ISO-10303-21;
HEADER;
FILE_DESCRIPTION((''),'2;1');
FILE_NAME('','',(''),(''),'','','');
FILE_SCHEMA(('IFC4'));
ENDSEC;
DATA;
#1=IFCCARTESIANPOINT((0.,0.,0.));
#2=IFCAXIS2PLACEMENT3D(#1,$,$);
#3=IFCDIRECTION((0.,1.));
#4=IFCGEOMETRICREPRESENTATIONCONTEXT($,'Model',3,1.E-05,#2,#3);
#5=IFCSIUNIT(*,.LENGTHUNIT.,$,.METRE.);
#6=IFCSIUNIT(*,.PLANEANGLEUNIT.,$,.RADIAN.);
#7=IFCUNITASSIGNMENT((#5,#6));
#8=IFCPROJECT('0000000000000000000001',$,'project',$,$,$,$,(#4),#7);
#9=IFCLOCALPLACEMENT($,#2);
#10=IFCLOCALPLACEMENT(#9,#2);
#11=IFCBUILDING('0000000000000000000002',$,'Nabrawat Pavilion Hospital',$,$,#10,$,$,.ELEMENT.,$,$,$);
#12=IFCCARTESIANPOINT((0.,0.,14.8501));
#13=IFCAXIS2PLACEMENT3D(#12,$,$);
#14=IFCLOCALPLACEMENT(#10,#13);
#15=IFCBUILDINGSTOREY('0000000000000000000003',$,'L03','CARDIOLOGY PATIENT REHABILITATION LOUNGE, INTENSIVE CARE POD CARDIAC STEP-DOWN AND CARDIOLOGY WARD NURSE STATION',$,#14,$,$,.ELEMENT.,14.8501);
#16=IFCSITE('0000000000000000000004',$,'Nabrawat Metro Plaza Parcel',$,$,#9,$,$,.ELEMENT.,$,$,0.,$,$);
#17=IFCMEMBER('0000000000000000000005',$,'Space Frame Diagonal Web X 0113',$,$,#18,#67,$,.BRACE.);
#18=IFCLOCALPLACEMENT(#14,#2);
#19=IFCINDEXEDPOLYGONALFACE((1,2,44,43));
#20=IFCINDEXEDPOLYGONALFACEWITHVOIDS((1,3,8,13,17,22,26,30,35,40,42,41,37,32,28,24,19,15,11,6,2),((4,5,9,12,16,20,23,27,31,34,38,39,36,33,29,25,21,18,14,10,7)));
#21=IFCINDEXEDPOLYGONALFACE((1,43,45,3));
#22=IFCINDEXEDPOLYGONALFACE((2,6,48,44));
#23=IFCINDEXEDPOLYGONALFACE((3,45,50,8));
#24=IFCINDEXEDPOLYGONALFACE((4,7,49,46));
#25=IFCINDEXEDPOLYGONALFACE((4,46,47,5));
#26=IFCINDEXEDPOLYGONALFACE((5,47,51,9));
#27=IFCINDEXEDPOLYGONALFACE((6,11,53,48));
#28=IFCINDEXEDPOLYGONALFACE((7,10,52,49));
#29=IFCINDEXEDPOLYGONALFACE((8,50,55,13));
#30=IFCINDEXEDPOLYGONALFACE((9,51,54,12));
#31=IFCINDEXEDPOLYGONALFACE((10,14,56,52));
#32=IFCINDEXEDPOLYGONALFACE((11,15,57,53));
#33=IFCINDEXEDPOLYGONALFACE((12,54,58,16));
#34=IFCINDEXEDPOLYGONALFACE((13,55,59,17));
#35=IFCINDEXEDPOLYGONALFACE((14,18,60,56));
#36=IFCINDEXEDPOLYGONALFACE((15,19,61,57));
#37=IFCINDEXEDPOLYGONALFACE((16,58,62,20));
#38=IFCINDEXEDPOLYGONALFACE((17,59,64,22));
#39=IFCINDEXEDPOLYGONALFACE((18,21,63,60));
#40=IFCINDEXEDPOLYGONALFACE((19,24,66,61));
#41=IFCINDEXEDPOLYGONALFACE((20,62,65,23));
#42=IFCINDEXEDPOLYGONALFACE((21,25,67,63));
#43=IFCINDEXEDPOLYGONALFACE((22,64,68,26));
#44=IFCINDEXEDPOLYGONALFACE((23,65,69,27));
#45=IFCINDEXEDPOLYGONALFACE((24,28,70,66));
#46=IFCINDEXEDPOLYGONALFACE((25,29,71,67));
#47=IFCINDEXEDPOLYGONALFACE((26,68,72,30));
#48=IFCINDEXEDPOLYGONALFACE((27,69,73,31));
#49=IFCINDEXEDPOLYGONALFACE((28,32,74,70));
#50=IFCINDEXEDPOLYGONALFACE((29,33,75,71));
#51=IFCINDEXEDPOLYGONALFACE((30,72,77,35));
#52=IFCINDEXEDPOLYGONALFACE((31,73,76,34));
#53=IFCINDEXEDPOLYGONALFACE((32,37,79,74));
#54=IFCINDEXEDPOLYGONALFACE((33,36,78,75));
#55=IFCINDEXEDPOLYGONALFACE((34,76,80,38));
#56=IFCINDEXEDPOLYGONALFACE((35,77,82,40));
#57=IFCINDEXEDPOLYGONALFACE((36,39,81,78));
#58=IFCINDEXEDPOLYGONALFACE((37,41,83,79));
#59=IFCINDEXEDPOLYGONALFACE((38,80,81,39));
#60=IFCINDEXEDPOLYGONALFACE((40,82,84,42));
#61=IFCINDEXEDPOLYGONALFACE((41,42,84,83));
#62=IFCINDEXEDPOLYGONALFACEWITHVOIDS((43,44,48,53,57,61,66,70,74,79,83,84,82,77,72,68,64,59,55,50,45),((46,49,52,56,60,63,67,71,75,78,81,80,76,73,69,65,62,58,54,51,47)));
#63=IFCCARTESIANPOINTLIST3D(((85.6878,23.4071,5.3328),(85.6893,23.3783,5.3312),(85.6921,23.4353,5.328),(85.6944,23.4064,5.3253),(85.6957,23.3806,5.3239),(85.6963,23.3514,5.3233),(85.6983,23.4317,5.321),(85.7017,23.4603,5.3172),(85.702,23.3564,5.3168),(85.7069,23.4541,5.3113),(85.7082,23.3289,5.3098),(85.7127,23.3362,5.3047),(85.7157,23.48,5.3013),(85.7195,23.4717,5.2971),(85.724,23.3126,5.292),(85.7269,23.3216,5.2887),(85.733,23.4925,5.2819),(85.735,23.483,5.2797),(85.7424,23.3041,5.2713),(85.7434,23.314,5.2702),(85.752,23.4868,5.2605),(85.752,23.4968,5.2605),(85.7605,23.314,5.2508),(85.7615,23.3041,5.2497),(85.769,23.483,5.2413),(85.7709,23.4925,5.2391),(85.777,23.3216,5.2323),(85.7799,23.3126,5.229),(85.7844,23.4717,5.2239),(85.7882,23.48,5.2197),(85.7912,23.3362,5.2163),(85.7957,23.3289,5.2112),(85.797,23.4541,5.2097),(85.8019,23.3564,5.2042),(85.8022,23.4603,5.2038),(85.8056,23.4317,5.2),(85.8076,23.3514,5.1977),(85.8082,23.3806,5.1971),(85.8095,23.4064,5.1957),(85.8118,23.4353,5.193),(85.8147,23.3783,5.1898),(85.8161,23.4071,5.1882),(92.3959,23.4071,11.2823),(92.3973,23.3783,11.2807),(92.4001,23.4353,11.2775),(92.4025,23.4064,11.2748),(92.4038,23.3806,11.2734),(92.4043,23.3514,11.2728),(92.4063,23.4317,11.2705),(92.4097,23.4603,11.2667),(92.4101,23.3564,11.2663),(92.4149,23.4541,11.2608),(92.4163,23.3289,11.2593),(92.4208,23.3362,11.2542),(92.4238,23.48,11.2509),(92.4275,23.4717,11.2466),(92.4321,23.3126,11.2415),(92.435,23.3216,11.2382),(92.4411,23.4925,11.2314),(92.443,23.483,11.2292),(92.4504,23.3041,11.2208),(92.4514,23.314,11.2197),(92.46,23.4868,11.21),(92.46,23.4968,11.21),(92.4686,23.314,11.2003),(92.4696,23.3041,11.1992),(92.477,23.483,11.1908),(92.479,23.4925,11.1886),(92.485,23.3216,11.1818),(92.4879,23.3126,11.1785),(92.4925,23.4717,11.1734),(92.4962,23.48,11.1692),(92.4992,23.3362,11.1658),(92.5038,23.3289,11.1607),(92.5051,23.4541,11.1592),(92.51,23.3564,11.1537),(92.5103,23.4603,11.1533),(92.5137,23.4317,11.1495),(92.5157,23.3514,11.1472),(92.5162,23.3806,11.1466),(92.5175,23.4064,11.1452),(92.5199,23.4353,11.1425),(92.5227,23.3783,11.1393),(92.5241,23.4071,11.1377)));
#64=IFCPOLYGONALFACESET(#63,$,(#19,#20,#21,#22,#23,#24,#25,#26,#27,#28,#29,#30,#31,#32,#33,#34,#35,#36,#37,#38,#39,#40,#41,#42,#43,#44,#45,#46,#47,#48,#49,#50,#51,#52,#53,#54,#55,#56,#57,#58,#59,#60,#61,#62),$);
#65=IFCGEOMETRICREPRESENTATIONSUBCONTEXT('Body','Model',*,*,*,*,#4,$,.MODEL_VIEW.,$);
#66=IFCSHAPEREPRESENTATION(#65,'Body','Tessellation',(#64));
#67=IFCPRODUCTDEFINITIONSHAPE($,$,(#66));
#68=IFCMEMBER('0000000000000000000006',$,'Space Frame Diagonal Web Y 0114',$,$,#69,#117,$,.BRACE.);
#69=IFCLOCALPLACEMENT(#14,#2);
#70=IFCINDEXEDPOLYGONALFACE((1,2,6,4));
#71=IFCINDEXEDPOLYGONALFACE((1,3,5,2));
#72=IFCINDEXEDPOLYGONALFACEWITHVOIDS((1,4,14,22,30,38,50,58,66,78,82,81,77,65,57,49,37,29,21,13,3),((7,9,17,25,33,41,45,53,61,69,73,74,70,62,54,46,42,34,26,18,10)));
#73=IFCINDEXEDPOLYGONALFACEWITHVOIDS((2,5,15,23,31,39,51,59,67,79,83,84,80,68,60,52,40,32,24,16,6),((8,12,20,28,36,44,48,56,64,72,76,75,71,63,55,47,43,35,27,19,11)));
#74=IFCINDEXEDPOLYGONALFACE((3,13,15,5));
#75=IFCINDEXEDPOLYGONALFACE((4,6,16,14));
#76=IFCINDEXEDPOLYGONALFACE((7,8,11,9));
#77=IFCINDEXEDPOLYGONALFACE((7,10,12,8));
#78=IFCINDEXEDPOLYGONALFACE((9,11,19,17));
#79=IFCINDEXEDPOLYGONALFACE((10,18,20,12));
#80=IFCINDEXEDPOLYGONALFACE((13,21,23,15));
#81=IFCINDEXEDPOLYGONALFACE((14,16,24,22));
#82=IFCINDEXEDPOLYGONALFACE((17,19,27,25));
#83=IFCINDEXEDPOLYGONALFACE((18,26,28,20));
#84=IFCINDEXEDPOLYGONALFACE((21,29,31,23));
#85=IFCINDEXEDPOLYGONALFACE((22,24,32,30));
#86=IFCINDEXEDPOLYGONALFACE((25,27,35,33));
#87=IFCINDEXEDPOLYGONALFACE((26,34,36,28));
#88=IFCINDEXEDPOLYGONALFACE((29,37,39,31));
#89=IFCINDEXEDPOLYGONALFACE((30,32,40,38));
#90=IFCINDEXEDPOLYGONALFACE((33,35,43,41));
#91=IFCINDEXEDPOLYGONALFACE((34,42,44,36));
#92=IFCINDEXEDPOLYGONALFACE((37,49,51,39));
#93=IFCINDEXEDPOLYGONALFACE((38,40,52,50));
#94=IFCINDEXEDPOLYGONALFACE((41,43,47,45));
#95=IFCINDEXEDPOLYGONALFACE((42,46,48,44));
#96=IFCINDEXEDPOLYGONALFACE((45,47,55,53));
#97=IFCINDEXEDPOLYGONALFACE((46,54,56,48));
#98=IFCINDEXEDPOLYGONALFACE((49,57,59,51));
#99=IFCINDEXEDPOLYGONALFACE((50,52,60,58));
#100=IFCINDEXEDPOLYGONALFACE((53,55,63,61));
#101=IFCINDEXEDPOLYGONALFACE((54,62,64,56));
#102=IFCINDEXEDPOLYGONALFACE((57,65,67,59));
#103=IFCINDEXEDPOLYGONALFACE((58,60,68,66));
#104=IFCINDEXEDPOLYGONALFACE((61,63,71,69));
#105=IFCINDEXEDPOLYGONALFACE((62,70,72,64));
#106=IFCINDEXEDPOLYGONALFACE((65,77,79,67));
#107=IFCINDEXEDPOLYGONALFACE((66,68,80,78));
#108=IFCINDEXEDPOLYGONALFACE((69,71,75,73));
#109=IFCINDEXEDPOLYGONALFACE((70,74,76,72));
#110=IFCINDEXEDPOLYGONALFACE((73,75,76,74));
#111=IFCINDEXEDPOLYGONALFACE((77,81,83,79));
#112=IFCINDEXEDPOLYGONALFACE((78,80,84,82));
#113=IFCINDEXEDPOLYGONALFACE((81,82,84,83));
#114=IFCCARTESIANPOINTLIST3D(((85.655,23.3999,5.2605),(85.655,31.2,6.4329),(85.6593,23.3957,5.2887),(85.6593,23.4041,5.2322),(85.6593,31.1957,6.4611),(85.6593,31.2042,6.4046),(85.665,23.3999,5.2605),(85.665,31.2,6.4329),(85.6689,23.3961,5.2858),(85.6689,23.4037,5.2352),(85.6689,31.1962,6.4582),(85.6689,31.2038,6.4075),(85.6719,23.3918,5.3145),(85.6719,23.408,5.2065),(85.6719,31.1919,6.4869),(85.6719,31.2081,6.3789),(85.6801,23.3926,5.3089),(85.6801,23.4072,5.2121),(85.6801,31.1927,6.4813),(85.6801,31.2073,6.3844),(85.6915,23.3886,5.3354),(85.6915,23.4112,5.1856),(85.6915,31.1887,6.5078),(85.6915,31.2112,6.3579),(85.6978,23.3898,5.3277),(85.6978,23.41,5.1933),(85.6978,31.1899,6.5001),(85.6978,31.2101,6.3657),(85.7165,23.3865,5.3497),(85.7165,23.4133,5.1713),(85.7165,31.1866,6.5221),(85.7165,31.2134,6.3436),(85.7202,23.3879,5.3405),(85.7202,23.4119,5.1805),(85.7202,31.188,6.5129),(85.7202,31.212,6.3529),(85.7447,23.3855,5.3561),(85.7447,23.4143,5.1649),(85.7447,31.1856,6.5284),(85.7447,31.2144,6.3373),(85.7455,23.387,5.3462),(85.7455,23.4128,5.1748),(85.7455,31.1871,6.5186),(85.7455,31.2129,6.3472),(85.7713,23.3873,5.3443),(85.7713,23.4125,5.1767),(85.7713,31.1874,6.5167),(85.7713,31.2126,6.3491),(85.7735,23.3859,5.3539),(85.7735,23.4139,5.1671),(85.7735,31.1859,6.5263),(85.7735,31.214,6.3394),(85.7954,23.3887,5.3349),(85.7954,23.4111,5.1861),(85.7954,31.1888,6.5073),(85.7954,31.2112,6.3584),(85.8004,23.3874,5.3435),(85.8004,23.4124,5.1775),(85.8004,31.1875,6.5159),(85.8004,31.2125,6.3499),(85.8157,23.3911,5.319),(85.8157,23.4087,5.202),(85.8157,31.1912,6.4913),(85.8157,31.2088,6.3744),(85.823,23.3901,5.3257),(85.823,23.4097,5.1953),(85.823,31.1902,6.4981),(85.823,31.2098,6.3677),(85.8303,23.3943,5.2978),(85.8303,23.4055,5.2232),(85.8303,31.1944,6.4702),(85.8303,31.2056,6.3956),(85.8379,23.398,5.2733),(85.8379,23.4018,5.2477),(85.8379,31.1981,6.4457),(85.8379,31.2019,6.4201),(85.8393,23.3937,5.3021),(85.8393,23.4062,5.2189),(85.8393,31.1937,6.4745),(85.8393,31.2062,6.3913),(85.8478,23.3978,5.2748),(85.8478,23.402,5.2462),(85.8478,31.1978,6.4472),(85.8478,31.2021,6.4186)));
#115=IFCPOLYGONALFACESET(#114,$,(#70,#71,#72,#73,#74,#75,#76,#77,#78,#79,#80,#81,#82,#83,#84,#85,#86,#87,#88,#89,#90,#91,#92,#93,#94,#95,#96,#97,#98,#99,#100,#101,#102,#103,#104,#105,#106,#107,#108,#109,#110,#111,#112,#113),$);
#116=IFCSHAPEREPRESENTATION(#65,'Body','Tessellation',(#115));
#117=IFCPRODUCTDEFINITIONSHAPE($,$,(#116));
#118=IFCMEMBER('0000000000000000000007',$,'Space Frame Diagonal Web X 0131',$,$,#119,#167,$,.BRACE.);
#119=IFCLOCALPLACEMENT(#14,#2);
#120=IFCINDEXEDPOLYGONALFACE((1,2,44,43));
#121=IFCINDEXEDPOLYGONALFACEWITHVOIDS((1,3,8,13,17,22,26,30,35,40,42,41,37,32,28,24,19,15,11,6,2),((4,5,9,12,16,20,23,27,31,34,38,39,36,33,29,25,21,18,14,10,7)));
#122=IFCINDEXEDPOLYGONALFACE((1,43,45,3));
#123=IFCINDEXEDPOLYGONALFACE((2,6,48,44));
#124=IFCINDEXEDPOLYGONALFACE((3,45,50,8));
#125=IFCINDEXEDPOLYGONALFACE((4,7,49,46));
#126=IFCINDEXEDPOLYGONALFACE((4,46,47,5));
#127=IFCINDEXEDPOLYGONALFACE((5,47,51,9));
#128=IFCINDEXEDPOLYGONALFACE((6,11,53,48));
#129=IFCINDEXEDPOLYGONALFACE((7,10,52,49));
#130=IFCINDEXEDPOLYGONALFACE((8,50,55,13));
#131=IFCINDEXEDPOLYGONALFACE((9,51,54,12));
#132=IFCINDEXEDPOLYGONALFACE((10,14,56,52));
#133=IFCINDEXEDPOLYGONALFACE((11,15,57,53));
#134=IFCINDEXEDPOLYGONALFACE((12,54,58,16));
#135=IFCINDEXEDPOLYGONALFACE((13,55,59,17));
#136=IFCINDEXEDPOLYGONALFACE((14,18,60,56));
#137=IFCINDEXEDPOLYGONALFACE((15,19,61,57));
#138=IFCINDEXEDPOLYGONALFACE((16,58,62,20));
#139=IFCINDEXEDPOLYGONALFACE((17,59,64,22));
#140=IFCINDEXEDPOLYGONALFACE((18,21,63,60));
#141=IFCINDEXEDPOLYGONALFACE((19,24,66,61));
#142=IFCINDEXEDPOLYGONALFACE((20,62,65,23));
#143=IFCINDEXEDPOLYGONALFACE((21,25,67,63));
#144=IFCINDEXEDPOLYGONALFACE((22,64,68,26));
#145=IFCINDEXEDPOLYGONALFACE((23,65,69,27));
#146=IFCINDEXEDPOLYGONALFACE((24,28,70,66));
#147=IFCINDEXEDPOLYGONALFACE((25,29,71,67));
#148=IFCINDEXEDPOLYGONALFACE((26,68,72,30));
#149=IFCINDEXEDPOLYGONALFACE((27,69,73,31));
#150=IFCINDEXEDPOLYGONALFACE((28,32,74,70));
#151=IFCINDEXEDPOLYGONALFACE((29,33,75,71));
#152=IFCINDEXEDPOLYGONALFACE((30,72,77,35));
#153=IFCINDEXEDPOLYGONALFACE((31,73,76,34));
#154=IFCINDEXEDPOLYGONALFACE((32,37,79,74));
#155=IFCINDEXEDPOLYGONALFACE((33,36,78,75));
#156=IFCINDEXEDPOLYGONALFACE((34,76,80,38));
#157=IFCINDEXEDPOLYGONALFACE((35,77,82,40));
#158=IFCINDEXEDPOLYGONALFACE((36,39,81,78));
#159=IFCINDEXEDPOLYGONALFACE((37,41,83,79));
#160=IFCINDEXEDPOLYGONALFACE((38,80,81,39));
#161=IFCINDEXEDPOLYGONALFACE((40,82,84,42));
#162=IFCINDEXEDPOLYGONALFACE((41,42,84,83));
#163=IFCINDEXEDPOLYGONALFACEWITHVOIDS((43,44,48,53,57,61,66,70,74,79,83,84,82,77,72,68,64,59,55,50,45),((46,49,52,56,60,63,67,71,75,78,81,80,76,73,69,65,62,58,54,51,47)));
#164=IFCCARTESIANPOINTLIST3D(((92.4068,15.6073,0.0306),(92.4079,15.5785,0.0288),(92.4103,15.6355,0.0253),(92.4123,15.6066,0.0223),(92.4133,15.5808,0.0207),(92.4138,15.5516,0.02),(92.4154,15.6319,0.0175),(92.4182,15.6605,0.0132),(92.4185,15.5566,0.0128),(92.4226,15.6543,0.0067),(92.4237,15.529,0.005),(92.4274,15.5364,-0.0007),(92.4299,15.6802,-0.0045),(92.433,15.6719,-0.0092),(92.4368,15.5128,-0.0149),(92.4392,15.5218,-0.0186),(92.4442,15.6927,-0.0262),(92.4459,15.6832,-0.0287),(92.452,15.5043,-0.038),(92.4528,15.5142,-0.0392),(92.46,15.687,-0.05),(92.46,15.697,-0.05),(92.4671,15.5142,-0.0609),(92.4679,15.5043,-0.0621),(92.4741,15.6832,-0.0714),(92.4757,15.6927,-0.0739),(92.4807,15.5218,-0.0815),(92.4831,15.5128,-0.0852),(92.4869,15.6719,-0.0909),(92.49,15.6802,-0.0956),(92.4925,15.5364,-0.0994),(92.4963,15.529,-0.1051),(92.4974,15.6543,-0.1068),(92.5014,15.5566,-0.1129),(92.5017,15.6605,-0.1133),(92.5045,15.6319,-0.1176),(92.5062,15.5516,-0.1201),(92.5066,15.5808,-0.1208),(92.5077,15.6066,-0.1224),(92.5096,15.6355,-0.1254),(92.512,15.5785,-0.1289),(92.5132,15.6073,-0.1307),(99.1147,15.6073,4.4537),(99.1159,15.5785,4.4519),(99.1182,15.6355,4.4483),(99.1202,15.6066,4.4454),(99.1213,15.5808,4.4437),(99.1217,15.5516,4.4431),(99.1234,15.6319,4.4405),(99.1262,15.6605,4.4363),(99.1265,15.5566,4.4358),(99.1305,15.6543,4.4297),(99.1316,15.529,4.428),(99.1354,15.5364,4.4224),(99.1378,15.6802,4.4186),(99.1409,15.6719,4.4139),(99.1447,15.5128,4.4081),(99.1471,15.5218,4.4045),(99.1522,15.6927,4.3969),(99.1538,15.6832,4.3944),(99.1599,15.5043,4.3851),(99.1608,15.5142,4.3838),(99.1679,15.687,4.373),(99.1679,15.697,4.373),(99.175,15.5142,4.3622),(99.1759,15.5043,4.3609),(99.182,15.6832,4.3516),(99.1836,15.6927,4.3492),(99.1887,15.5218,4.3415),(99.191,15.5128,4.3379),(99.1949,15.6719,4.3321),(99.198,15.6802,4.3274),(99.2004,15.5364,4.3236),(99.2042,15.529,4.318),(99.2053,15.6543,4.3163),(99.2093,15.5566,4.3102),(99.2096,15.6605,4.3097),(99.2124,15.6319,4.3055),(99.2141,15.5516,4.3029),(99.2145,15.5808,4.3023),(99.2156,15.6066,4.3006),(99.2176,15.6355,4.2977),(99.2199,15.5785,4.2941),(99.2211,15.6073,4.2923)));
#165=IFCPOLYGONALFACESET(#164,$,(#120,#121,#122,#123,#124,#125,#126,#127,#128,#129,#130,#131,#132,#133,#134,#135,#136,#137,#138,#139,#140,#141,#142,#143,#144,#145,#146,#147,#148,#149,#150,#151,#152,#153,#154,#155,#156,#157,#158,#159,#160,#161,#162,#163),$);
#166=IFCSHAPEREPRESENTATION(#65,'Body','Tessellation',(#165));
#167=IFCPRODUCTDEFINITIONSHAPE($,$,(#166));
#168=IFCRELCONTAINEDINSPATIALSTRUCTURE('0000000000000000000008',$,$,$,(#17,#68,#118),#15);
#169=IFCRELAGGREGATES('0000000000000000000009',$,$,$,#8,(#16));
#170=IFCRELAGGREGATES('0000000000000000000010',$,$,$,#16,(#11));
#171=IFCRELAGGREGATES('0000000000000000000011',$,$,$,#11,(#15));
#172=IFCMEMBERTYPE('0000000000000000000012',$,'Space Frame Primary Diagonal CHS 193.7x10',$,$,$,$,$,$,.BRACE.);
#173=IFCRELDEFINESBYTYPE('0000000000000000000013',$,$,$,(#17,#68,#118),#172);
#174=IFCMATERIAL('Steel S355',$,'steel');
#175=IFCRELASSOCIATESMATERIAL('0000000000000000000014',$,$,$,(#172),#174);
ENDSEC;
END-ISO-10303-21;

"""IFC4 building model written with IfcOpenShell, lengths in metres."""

from ifc_helpers import new_model, si_unit, direction, frame, origin, origin_2d, place, context, subcontext, project, spatial, hollow_circle, extrude, material, material_profile, profile_set, type_object, element, save


model = new_model("IFC4")

# Units and contexts
model_context = context("Model", 3, precision=1e-05, world=origin(), true_north=direction((0.0, 1.0)))
body_context = subcontext(model_context, "Body", "Model", "MODEL_VIEW")
ifc_project = project(units=[si_unit("LENGTHUNIT", "METRE"), si_unit("PLANEANGLEUNIT", "RADIAN")], contexts=[model_context])

# Site, building, storey
site_placement = place(None, origin())
site = spatial("IfcSite", under=ifc_project, at=site_placement, Name="Nabrawat Metro Plaza Parcel", CompositionType="ELEMENT", RefElevation=0.0)
building_placement = place(site_placement, origin())
building = spatial("IfcBuilding", under=site, at=building_placement, Name="Nabrawat Pavilion Hospital", CompositionType="ELEMENT")
storey_placement = place(building_placement, frame((0.0, 0.0, 14.8501)))
storey = spatial("IfcBuildingStorey", under=building, at=storey_placement, Name="L03", Description="CARDIOLOGY PATIENT REHABILITATION LOUNGE, INTENSIVE CARE POD CARDIAC STEP-DOWN AND CARDIOLOGY WARD NURSE STATION", CompositionType="ELEMENT", Elevation=14.8501)

# Shared definitions
ifc_material = material(Name="Steel S355", Category="steel")

# Members
ifc_material_profile_1 = material_profile(ifc_material, hollow_circle(Radius=0.0969, WallThickness=0.01, at=origin_2d()), Name="CHS 193.7x10")
ifc_profile_set_1 = profile_set([ifc_material_profile_1], Name="Steel S355")
member_type_1 = type_object("IfcMemberType", Name="Space Frame Primary Diagonal CHS 193.7x10", PredefinedType="BRACE", material=ifc_profile_set_1)
member_1_placement = place(storey_placement, frame((85.752, 23.3999, 5.2605), z_axis=(0.74814, 0.0, 0.66354), x_axis=(0.0, 1.0, 0.0)))
element("IfcMember", 1, at=member_1_placement, inside=storey, type_object=member_type_1, Name="Space Frame Diagonal Web X 0113", PredefinedType="BRACE", context=body_context, shape_type="SweptSolid", body=[
    extrude(hollow_circle(Radius=0.0969, WallThickness=0.01, at=origin_2d()), origin(), (0.0, 0.0, 1.0), 8.9663),
])
member_2_placement = place(storey_placement, frame((85.752, 23.3999, 5.2605), z_axis=(0.0, 0.988892, 0.148633), x_axis=(-1.0, 0.0, 0.0)))
element("IfcMember", 2, at=member_2_placement, inside=storey, type_object=member_type_1, Name="Space Frame Diagonal Web Y 0114", PredefinedType="BRACE", context=body_context, shape_type="SweptSolid", body=[
    extrude(hollow_circle(Radius=0.0969, WallThickness=0.01, at=origin_2d()), origin(), (0.0, 0.0, 1.0), 7.8877),
])
member_3_placement = place(storey_placement, frame((92.46, 15.6001, -0.05), z_axis=(0.834849, 0.0, 0.550479), x_axis=(0.0, 1.0, 0.0)))
element("IfcMember", 3, at=member_3_placement, inside=storey, type_object=member_type_1, Name="Space Frame Diagonal Web X 0131", PredefinedType="BRACE", context=body_context, shape_type="SweptSolid", body=[
    extrude(hollow_circle(Radius=0.0969, WallThickness=0.01, at=origin_2d()), origin(), (0.0, 0.0, 1.0), 8.0349),
])

save(model, "model.ifc")
